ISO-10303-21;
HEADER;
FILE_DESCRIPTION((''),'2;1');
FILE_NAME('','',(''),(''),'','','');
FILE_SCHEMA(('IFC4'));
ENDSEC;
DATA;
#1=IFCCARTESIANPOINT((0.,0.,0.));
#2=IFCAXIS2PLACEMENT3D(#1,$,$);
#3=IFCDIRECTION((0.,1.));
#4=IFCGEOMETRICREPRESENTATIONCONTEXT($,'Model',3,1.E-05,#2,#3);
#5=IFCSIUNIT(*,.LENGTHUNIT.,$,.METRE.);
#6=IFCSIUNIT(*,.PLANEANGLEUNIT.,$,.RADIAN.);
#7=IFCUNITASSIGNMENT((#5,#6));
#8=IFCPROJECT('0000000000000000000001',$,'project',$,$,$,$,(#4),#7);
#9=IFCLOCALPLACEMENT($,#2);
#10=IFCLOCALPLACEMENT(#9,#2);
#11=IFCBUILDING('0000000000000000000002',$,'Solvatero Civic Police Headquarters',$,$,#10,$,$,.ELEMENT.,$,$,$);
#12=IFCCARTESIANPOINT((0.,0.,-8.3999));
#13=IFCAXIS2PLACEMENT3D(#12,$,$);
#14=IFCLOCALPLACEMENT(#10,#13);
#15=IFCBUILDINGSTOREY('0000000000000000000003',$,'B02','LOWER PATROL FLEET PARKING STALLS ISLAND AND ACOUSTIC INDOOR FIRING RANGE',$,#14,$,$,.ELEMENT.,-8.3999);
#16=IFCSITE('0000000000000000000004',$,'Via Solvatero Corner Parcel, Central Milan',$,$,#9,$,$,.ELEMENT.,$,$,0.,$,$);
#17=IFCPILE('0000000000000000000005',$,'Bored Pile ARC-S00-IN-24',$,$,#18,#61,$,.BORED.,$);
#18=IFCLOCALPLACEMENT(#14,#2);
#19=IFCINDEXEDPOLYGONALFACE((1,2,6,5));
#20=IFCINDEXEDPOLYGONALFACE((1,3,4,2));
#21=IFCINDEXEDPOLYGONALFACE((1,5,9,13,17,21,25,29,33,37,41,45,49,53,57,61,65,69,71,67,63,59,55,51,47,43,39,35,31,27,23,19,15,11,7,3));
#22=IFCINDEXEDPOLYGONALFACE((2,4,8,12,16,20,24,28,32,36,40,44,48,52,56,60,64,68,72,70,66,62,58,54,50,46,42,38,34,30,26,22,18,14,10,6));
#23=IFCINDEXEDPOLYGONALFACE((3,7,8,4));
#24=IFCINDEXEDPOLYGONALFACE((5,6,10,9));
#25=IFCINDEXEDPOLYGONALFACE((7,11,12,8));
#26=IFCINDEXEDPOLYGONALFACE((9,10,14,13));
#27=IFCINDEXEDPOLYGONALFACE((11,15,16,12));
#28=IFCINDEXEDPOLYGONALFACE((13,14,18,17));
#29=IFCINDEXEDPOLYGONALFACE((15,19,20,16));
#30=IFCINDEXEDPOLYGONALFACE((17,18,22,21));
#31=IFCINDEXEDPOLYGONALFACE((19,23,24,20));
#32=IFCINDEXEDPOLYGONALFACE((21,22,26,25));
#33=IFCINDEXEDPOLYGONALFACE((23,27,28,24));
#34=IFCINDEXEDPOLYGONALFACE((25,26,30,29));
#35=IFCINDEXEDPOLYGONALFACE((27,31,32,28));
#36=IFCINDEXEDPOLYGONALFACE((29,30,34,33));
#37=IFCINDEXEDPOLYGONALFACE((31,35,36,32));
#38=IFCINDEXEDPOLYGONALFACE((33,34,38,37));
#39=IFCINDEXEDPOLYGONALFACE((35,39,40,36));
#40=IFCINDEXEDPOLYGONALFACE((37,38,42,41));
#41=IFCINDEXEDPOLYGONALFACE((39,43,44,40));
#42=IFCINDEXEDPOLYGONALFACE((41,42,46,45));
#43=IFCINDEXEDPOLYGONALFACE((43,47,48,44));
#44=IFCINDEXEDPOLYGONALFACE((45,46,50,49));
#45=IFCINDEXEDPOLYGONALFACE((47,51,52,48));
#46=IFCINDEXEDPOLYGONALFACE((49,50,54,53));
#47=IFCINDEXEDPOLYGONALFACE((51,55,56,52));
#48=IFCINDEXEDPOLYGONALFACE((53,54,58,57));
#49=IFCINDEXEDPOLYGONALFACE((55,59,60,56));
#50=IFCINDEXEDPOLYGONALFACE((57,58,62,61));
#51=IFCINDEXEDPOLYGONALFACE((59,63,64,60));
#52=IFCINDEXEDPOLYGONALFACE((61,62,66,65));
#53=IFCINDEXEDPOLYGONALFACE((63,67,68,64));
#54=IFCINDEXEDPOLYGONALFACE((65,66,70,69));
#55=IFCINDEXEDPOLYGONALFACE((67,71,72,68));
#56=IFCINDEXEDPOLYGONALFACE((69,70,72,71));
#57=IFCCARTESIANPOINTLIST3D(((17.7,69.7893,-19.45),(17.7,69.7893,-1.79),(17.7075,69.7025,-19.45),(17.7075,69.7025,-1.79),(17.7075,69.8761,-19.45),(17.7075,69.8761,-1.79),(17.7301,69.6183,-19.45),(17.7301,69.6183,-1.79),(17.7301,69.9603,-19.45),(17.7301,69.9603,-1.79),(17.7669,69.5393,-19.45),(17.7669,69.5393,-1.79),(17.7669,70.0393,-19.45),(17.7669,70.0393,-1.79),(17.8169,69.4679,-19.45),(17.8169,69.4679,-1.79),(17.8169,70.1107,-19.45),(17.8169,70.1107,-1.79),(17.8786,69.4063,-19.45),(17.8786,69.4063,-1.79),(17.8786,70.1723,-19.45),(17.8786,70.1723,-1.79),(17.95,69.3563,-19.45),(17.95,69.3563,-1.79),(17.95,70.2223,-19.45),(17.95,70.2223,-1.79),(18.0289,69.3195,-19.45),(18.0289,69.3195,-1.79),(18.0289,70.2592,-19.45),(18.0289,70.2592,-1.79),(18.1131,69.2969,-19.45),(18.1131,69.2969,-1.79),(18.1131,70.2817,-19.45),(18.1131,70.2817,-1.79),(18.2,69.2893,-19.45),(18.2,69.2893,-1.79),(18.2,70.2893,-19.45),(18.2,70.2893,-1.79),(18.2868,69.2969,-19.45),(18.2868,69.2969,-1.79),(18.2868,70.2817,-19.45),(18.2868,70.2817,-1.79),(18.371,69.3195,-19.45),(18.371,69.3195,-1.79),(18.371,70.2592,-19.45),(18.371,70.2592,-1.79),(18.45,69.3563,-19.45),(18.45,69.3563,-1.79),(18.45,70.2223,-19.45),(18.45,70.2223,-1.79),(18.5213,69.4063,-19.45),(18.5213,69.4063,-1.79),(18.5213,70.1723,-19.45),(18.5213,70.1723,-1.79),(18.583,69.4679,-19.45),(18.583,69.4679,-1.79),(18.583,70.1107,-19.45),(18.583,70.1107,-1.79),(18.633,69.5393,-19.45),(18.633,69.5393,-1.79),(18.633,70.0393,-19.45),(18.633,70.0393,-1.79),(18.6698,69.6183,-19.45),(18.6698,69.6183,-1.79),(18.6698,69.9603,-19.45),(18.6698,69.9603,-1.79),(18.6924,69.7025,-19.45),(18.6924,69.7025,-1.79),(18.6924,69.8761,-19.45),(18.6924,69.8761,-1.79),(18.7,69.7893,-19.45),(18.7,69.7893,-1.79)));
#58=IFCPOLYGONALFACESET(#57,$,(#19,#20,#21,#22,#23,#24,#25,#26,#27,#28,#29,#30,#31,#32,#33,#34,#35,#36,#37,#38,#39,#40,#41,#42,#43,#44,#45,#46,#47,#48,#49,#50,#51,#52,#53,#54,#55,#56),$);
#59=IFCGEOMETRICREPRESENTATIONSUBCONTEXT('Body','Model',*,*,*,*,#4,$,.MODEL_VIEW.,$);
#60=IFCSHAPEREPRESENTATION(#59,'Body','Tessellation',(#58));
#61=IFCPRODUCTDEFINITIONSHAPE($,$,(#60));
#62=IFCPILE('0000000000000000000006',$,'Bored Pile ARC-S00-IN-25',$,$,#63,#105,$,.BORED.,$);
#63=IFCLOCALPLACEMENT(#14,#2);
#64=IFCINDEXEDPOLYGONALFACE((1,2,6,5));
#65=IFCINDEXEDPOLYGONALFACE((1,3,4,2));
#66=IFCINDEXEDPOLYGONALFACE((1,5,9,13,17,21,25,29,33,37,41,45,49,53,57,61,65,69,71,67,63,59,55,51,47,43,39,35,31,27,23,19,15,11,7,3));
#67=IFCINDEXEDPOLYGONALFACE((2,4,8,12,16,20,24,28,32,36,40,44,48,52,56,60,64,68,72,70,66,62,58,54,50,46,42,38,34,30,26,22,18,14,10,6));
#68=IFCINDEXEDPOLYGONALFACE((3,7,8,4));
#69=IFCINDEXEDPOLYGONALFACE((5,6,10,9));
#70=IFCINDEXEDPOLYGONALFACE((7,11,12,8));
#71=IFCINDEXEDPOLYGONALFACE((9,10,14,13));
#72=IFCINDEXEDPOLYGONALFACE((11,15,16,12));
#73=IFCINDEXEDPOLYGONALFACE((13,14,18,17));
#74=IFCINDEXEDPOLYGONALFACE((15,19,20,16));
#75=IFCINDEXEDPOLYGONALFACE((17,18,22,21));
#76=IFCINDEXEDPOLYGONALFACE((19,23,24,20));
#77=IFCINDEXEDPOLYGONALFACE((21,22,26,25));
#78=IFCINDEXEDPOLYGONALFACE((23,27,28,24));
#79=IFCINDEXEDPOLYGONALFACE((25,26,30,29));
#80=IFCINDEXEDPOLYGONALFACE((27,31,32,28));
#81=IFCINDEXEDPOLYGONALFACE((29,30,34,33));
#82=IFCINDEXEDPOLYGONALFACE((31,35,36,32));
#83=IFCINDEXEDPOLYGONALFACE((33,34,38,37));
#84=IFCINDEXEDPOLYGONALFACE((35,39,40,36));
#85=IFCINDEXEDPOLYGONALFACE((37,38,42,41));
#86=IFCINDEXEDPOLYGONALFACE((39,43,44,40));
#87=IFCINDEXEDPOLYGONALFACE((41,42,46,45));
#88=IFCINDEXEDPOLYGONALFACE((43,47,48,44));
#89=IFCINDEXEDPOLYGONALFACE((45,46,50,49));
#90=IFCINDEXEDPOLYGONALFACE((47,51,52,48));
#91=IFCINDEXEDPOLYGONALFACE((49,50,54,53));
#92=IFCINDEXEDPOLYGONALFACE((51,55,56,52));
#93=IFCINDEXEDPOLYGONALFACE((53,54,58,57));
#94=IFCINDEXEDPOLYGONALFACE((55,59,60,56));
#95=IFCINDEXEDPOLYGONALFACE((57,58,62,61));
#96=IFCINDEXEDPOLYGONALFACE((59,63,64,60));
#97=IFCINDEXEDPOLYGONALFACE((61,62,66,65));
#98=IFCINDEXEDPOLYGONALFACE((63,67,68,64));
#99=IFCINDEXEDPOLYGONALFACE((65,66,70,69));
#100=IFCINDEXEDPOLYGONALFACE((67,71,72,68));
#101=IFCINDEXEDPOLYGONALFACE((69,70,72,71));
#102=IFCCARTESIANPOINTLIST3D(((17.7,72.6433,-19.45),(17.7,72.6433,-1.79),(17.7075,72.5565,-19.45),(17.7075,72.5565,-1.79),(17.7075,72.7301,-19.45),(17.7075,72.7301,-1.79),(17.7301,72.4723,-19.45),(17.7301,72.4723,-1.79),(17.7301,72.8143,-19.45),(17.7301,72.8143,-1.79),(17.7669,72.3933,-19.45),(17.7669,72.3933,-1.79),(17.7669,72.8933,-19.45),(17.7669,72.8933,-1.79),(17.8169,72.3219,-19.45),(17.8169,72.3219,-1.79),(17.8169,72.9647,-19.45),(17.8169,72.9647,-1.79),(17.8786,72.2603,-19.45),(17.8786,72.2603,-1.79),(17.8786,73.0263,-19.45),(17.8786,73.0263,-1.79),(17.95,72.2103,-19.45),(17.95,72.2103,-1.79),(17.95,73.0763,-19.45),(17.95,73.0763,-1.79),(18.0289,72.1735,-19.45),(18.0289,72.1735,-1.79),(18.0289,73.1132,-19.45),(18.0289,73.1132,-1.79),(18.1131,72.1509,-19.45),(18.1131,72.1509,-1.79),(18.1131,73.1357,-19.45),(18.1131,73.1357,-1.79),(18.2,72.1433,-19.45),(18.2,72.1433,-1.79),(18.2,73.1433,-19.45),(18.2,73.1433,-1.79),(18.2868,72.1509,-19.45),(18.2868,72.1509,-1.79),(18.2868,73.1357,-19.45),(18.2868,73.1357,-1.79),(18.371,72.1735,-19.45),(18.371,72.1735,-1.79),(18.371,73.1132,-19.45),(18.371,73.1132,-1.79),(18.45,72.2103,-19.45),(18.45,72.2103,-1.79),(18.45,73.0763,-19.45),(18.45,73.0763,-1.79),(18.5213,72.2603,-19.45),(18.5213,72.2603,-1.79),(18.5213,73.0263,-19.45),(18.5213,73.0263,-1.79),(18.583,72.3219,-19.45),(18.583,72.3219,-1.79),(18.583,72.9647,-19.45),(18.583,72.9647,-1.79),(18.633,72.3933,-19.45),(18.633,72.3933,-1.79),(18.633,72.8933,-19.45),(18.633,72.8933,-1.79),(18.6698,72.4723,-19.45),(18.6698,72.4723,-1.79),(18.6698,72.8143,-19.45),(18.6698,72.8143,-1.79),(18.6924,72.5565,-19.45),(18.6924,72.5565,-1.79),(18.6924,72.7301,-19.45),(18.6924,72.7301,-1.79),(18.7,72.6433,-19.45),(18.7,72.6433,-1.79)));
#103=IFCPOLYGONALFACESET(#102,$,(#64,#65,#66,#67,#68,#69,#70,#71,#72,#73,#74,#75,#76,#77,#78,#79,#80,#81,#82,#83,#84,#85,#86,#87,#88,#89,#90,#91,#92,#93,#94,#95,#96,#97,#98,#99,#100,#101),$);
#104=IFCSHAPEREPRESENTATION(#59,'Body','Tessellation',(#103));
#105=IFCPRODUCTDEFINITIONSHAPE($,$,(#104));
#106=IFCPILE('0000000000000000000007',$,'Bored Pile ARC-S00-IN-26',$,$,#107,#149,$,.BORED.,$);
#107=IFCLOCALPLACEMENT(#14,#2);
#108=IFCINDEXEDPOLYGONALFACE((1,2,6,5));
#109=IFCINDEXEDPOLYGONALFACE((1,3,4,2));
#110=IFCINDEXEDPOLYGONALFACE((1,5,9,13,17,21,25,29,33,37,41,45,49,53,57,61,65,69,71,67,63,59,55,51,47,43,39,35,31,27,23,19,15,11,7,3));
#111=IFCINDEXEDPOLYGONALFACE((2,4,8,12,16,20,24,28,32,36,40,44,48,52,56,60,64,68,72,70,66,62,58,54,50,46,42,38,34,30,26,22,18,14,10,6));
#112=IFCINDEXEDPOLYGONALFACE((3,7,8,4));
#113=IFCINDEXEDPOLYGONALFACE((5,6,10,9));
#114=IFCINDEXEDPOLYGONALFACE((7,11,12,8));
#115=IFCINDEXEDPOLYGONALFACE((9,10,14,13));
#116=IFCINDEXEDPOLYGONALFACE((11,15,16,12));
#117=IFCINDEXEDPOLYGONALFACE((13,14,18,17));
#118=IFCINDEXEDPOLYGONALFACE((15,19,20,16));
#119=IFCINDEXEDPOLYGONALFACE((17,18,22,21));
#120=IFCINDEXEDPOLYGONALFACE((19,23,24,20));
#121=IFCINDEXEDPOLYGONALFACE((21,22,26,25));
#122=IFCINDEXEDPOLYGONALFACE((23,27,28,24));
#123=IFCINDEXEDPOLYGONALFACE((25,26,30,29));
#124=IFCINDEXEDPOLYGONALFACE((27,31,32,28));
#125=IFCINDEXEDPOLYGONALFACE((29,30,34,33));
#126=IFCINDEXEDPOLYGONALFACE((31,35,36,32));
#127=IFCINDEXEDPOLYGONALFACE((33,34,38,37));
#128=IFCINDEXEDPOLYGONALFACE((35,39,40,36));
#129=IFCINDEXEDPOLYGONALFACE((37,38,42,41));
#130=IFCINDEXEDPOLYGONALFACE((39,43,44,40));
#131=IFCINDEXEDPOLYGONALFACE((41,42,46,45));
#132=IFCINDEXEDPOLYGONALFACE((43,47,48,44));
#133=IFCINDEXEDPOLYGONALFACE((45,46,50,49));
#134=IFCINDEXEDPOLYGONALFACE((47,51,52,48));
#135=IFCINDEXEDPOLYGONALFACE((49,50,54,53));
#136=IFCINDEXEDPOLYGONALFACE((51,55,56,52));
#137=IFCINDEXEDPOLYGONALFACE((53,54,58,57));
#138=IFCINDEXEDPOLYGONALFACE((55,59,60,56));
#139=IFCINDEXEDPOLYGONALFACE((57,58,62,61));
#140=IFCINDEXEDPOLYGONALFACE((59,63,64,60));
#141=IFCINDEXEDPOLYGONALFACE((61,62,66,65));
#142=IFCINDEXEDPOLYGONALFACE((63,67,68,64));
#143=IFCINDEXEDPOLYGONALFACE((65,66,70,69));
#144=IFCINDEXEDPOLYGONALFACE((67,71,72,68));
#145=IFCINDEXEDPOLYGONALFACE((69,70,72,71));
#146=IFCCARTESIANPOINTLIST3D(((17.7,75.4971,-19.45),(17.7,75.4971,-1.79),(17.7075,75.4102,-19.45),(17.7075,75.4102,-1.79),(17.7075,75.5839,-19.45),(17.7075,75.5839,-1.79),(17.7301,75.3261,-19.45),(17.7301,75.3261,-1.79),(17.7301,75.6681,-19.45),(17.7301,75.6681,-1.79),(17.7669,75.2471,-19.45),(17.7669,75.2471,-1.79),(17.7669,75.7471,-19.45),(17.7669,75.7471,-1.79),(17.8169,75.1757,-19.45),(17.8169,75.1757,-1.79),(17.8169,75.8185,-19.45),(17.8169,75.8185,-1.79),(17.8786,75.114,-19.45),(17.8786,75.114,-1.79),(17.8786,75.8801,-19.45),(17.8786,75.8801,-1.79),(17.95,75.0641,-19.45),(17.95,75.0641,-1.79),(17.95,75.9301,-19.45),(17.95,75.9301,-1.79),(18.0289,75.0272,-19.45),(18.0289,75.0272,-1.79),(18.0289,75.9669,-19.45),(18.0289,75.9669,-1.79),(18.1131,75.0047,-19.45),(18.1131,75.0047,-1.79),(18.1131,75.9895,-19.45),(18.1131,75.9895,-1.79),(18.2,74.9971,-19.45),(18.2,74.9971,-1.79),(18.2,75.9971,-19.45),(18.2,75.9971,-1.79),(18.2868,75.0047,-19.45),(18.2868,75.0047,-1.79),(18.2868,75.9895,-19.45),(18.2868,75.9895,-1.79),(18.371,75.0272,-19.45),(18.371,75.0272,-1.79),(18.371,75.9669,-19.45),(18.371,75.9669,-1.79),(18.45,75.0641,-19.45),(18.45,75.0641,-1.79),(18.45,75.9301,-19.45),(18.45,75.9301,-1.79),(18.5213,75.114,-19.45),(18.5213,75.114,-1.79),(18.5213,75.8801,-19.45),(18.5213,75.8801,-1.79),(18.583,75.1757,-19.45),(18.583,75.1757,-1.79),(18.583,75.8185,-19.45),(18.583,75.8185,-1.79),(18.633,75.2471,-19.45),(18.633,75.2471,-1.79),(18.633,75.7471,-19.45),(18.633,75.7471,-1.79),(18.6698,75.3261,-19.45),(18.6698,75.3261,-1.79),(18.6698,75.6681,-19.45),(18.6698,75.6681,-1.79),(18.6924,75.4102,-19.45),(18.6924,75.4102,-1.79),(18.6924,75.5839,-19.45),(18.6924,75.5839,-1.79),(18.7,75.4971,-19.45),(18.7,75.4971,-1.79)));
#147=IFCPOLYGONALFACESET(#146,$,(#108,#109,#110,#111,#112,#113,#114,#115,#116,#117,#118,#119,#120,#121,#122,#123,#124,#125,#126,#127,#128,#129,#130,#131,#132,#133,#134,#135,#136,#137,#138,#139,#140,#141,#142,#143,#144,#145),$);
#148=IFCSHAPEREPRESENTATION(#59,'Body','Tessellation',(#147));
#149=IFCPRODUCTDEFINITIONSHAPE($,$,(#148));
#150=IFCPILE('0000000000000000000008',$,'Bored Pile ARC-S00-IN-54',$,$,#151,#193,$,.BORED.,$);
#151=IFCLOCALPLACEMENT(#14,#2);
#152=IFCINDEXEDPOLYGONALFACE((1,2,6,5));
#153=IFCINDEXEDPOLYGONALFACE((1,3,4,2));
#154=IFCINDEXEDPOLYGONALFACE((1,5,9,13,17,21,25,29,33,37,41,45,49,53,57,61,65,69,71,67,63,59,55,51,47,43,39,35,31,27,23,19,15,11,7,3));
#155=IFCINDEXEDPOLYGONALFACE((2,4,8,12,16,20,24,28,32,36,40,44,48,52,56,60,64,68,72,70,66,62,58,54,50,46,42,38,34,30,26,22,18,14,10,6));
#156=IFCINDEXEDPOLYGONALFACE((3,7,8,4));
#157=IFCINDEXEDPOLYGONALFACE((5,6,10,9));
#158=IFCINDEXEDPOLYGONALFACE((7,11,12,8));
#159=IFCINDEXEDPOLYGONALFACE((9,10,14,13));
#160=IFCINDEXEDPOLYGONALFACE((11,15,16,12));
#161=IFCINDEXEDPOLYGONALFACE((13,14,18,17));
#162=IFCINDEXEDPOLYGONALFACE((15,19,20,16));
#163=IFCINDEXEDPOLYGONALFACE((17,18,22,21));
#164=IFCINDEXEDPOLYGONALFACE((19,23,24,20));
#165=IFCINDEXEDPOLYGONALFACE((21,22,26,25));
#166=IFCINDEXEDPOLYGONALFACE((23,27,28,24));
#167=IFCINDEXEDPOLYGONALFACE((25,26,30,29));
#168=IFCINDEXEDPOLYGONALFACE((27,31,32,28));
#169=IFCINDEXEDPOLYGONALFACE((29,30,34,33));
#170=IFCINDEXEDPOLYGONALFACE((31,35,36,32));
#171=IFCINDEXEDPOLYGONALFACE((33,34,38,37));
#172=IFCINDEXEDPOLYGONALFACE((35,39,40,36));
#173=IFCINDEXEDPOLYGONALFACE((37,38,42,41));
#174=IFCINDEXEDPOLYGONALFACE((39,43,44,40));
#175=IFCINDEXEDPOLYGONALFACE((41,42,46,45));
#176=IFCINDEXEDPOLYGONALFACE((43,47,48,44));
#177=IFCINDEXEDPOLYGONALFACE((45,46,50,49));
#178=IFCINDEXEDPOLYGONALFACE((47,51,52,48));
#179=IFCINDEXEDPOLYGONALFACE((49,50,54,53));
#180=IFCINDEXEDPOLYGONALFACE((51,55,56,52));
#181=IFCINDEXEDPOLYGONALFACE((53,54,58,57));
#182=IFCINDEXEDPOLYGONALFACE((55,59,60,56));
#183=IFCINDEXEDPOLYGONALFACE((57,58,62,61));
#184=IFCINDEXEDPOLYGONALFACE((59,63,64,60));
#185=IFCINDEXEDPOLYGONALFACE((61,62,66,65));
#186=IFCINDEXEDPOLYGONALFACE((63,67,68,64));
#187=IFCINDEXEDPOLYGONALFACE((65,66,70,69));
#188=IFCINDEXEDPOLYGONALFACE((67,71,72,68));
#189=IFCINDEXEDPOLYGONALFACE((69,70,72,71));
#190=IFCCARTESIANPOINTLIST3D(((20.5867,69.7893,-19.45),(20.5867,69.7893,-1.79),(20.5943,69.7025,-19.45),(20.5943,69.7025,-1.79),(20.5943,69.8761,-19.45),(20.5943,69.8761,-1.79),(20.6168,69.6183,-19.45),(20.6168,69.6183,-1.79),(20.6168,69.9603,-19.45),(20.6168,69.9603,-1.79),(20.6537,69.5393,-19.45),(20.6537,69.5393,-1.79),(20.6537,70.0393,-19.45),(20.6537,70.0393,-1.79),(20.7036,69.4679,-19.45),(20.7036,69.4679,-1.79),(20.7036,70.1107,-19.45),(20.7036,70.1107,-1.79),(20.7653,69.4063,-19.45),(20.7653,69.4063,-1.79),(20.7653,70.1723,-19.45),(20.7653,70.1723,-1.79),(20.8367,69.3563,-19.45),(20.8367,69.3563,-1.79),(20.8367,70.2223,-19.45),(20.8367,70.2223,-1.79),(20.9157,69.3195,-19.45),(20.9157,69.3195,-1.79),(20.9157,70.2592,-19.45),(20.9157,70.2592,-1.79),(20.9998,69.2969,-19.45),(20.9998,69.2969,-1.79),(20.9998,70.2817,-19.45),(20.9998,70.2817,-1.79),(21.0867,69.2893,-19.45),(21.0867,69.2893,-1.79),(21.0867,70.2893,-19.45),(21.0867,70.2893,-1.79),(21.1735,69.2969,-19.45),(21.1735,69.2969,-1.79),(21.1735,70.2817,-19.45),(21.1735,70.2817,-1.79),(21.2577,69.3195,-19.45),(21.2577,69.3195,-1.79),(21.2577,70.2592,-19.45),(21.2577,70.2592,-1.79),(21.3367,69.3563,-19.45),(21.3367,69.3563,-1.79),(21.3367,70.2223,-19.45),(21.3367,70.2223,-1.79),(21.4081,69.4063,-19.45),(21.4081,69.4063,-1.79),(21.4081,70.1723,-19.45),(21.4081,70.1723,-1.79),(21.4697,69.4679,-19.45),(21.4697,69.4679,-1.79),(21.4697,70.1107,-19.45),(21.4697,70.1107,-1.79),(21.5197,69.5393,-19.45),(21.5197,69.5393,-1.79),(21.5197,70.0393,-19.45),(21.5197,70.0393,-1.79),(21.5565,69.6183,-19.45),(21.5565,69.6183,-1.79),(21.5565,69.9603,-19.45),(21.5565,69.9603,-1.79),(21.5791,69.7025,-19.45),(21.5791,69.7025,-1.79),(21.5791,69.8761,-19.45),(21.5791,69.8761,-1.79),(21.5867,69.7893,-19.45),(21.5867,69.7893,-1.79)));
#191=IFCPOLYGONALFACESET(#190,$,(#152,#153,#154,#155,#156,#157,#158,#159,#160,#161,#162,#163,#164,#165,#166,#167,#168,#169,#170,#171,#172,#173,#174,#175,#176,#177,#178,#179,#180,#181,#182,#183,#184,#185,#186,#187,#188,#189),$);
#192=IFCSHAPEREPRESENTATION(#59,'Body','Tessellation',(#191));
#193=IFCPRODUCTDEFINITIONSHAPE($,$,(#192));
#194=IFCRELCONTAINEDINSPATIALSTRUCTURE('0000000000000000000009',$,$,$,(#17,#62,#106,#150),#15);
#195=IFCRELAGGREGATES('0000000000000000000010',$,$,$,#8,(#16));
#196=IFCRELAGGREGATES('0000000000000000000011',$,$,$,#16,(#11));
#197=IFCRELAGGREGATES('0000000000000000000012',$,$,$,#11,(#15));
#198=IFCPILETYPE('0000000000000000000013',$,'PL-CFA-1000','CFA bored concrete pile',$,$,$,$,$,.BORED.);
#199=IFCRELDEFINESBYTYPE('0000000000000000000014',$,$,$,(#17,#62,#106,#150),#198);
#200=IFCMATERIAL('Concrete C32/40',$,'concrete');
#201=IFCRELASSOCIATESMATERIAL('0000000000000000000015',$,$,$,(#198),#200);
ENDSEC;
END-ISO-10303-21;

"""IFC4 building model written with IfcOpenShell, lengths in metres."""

from ifc_helpers import new_model, si_unit, direction, frame, origin, origin_2d, place, context, subcontext, project, spatial, circle, extrude, material, material_profile, profile_set, type_object, element, save


model = new_model("IFC4")

# Units and contexts
model_context = context("Model", 3, precision=1e-05, world=origin(), true_north=direction((0.0, 1.0)))
body_context = subcontext(model_context, "Body", "Model", "MODEL_VIEW")
ifc_project = project(units=[si_unit("LENGTHUNIT", "METRE"), si_unit("PLANEANGLEUNIT", "RADIAN")], contexts=[model_context])

# Site, building, storey
site_placement = place(None, origin())
site = spatial("IfcSite", under=ifc_project, at=site_placement, Name="Via Solvatero Corner Parcel, Central Milan", CompositionType="ELEMENT", RefElevation=0.0)
building_placement = place(site_placement, origin())
building = spatial("IfcBuilding", under=site, at=building_placement, Name="Solvatero Civic Police Headquarters", CompositionType="ELEMENT")
storey_placement = place(building_placement, frame((0.0, 0.0, -8.3999)))
storey = spatial("IfcBuildingStorey", under=building, at=storey_placement, Name="B02", Description="LOWER PATROL FLEET PARKING STALLS ISLAND AND ACOUSTIC INDOOR FIRING RANGE", CompositionType="ELEMENT", Elevation=-8.3999)

# Piles
ifc_material_1 = material(Name="Concrete C32/40", Category="concrete")
ifc_material_profile_1 = material_profile(ifc_material_1, circle(Radius=0.5, at=origin_2d()), Name="CFA PILE D1000")
ifc_profile_set_1 = profile_set([ifc_material_profile_1], Name="Concrete C32/40")
pile_type = type_object("IfcPileType", Name="PL-CFA-1000", Description="CFA bored concrete pile", PredefinedType="BORED", material=ifc_profile_set_1)
for number, where, z_axis, x_axis, name in (
    (1, (18.2, 69.7893, -1.79), (0.0, 0.0, -1.0), (1.0, 0.0, 0.0), "Bored Pile ARC-S00-IN-24"),
    (2, (18.2, 72.6433, -1.79), (0.0, 0.0, -1.0), (1.0, 0.0, 0.0), "Bored Pile ARC-S00-IN-25"),
    (3, (18.2, 75.4971, -1.79), (0.0, 0.0, -1.0), (1.0, 0.0, 0.0), "Bored Pile ARC-S00-IN-26"),
    (4, (21.0867, 69.7893, -1.79), (0.0, 0.0, -1.0), (1.0, 0.0, 0.0), "Bored Pile ARC-S00-IN-54"),
):
    element("IfcPile", number, at=place(storey_placement, frame(where, z_axis=z_axis, x_axis=x_axis)), inside=storey, type_object=pile_type, Name=name, PredefinedType="BORED", context=body_context, shape_type="SweptSolid", body=[
        extrude(circle(Radius=0.5, at=origin_2d()), origin(), (0.0, 0.0, 1.0), 17.6599),
    ])

save(model, "model.ifc")
